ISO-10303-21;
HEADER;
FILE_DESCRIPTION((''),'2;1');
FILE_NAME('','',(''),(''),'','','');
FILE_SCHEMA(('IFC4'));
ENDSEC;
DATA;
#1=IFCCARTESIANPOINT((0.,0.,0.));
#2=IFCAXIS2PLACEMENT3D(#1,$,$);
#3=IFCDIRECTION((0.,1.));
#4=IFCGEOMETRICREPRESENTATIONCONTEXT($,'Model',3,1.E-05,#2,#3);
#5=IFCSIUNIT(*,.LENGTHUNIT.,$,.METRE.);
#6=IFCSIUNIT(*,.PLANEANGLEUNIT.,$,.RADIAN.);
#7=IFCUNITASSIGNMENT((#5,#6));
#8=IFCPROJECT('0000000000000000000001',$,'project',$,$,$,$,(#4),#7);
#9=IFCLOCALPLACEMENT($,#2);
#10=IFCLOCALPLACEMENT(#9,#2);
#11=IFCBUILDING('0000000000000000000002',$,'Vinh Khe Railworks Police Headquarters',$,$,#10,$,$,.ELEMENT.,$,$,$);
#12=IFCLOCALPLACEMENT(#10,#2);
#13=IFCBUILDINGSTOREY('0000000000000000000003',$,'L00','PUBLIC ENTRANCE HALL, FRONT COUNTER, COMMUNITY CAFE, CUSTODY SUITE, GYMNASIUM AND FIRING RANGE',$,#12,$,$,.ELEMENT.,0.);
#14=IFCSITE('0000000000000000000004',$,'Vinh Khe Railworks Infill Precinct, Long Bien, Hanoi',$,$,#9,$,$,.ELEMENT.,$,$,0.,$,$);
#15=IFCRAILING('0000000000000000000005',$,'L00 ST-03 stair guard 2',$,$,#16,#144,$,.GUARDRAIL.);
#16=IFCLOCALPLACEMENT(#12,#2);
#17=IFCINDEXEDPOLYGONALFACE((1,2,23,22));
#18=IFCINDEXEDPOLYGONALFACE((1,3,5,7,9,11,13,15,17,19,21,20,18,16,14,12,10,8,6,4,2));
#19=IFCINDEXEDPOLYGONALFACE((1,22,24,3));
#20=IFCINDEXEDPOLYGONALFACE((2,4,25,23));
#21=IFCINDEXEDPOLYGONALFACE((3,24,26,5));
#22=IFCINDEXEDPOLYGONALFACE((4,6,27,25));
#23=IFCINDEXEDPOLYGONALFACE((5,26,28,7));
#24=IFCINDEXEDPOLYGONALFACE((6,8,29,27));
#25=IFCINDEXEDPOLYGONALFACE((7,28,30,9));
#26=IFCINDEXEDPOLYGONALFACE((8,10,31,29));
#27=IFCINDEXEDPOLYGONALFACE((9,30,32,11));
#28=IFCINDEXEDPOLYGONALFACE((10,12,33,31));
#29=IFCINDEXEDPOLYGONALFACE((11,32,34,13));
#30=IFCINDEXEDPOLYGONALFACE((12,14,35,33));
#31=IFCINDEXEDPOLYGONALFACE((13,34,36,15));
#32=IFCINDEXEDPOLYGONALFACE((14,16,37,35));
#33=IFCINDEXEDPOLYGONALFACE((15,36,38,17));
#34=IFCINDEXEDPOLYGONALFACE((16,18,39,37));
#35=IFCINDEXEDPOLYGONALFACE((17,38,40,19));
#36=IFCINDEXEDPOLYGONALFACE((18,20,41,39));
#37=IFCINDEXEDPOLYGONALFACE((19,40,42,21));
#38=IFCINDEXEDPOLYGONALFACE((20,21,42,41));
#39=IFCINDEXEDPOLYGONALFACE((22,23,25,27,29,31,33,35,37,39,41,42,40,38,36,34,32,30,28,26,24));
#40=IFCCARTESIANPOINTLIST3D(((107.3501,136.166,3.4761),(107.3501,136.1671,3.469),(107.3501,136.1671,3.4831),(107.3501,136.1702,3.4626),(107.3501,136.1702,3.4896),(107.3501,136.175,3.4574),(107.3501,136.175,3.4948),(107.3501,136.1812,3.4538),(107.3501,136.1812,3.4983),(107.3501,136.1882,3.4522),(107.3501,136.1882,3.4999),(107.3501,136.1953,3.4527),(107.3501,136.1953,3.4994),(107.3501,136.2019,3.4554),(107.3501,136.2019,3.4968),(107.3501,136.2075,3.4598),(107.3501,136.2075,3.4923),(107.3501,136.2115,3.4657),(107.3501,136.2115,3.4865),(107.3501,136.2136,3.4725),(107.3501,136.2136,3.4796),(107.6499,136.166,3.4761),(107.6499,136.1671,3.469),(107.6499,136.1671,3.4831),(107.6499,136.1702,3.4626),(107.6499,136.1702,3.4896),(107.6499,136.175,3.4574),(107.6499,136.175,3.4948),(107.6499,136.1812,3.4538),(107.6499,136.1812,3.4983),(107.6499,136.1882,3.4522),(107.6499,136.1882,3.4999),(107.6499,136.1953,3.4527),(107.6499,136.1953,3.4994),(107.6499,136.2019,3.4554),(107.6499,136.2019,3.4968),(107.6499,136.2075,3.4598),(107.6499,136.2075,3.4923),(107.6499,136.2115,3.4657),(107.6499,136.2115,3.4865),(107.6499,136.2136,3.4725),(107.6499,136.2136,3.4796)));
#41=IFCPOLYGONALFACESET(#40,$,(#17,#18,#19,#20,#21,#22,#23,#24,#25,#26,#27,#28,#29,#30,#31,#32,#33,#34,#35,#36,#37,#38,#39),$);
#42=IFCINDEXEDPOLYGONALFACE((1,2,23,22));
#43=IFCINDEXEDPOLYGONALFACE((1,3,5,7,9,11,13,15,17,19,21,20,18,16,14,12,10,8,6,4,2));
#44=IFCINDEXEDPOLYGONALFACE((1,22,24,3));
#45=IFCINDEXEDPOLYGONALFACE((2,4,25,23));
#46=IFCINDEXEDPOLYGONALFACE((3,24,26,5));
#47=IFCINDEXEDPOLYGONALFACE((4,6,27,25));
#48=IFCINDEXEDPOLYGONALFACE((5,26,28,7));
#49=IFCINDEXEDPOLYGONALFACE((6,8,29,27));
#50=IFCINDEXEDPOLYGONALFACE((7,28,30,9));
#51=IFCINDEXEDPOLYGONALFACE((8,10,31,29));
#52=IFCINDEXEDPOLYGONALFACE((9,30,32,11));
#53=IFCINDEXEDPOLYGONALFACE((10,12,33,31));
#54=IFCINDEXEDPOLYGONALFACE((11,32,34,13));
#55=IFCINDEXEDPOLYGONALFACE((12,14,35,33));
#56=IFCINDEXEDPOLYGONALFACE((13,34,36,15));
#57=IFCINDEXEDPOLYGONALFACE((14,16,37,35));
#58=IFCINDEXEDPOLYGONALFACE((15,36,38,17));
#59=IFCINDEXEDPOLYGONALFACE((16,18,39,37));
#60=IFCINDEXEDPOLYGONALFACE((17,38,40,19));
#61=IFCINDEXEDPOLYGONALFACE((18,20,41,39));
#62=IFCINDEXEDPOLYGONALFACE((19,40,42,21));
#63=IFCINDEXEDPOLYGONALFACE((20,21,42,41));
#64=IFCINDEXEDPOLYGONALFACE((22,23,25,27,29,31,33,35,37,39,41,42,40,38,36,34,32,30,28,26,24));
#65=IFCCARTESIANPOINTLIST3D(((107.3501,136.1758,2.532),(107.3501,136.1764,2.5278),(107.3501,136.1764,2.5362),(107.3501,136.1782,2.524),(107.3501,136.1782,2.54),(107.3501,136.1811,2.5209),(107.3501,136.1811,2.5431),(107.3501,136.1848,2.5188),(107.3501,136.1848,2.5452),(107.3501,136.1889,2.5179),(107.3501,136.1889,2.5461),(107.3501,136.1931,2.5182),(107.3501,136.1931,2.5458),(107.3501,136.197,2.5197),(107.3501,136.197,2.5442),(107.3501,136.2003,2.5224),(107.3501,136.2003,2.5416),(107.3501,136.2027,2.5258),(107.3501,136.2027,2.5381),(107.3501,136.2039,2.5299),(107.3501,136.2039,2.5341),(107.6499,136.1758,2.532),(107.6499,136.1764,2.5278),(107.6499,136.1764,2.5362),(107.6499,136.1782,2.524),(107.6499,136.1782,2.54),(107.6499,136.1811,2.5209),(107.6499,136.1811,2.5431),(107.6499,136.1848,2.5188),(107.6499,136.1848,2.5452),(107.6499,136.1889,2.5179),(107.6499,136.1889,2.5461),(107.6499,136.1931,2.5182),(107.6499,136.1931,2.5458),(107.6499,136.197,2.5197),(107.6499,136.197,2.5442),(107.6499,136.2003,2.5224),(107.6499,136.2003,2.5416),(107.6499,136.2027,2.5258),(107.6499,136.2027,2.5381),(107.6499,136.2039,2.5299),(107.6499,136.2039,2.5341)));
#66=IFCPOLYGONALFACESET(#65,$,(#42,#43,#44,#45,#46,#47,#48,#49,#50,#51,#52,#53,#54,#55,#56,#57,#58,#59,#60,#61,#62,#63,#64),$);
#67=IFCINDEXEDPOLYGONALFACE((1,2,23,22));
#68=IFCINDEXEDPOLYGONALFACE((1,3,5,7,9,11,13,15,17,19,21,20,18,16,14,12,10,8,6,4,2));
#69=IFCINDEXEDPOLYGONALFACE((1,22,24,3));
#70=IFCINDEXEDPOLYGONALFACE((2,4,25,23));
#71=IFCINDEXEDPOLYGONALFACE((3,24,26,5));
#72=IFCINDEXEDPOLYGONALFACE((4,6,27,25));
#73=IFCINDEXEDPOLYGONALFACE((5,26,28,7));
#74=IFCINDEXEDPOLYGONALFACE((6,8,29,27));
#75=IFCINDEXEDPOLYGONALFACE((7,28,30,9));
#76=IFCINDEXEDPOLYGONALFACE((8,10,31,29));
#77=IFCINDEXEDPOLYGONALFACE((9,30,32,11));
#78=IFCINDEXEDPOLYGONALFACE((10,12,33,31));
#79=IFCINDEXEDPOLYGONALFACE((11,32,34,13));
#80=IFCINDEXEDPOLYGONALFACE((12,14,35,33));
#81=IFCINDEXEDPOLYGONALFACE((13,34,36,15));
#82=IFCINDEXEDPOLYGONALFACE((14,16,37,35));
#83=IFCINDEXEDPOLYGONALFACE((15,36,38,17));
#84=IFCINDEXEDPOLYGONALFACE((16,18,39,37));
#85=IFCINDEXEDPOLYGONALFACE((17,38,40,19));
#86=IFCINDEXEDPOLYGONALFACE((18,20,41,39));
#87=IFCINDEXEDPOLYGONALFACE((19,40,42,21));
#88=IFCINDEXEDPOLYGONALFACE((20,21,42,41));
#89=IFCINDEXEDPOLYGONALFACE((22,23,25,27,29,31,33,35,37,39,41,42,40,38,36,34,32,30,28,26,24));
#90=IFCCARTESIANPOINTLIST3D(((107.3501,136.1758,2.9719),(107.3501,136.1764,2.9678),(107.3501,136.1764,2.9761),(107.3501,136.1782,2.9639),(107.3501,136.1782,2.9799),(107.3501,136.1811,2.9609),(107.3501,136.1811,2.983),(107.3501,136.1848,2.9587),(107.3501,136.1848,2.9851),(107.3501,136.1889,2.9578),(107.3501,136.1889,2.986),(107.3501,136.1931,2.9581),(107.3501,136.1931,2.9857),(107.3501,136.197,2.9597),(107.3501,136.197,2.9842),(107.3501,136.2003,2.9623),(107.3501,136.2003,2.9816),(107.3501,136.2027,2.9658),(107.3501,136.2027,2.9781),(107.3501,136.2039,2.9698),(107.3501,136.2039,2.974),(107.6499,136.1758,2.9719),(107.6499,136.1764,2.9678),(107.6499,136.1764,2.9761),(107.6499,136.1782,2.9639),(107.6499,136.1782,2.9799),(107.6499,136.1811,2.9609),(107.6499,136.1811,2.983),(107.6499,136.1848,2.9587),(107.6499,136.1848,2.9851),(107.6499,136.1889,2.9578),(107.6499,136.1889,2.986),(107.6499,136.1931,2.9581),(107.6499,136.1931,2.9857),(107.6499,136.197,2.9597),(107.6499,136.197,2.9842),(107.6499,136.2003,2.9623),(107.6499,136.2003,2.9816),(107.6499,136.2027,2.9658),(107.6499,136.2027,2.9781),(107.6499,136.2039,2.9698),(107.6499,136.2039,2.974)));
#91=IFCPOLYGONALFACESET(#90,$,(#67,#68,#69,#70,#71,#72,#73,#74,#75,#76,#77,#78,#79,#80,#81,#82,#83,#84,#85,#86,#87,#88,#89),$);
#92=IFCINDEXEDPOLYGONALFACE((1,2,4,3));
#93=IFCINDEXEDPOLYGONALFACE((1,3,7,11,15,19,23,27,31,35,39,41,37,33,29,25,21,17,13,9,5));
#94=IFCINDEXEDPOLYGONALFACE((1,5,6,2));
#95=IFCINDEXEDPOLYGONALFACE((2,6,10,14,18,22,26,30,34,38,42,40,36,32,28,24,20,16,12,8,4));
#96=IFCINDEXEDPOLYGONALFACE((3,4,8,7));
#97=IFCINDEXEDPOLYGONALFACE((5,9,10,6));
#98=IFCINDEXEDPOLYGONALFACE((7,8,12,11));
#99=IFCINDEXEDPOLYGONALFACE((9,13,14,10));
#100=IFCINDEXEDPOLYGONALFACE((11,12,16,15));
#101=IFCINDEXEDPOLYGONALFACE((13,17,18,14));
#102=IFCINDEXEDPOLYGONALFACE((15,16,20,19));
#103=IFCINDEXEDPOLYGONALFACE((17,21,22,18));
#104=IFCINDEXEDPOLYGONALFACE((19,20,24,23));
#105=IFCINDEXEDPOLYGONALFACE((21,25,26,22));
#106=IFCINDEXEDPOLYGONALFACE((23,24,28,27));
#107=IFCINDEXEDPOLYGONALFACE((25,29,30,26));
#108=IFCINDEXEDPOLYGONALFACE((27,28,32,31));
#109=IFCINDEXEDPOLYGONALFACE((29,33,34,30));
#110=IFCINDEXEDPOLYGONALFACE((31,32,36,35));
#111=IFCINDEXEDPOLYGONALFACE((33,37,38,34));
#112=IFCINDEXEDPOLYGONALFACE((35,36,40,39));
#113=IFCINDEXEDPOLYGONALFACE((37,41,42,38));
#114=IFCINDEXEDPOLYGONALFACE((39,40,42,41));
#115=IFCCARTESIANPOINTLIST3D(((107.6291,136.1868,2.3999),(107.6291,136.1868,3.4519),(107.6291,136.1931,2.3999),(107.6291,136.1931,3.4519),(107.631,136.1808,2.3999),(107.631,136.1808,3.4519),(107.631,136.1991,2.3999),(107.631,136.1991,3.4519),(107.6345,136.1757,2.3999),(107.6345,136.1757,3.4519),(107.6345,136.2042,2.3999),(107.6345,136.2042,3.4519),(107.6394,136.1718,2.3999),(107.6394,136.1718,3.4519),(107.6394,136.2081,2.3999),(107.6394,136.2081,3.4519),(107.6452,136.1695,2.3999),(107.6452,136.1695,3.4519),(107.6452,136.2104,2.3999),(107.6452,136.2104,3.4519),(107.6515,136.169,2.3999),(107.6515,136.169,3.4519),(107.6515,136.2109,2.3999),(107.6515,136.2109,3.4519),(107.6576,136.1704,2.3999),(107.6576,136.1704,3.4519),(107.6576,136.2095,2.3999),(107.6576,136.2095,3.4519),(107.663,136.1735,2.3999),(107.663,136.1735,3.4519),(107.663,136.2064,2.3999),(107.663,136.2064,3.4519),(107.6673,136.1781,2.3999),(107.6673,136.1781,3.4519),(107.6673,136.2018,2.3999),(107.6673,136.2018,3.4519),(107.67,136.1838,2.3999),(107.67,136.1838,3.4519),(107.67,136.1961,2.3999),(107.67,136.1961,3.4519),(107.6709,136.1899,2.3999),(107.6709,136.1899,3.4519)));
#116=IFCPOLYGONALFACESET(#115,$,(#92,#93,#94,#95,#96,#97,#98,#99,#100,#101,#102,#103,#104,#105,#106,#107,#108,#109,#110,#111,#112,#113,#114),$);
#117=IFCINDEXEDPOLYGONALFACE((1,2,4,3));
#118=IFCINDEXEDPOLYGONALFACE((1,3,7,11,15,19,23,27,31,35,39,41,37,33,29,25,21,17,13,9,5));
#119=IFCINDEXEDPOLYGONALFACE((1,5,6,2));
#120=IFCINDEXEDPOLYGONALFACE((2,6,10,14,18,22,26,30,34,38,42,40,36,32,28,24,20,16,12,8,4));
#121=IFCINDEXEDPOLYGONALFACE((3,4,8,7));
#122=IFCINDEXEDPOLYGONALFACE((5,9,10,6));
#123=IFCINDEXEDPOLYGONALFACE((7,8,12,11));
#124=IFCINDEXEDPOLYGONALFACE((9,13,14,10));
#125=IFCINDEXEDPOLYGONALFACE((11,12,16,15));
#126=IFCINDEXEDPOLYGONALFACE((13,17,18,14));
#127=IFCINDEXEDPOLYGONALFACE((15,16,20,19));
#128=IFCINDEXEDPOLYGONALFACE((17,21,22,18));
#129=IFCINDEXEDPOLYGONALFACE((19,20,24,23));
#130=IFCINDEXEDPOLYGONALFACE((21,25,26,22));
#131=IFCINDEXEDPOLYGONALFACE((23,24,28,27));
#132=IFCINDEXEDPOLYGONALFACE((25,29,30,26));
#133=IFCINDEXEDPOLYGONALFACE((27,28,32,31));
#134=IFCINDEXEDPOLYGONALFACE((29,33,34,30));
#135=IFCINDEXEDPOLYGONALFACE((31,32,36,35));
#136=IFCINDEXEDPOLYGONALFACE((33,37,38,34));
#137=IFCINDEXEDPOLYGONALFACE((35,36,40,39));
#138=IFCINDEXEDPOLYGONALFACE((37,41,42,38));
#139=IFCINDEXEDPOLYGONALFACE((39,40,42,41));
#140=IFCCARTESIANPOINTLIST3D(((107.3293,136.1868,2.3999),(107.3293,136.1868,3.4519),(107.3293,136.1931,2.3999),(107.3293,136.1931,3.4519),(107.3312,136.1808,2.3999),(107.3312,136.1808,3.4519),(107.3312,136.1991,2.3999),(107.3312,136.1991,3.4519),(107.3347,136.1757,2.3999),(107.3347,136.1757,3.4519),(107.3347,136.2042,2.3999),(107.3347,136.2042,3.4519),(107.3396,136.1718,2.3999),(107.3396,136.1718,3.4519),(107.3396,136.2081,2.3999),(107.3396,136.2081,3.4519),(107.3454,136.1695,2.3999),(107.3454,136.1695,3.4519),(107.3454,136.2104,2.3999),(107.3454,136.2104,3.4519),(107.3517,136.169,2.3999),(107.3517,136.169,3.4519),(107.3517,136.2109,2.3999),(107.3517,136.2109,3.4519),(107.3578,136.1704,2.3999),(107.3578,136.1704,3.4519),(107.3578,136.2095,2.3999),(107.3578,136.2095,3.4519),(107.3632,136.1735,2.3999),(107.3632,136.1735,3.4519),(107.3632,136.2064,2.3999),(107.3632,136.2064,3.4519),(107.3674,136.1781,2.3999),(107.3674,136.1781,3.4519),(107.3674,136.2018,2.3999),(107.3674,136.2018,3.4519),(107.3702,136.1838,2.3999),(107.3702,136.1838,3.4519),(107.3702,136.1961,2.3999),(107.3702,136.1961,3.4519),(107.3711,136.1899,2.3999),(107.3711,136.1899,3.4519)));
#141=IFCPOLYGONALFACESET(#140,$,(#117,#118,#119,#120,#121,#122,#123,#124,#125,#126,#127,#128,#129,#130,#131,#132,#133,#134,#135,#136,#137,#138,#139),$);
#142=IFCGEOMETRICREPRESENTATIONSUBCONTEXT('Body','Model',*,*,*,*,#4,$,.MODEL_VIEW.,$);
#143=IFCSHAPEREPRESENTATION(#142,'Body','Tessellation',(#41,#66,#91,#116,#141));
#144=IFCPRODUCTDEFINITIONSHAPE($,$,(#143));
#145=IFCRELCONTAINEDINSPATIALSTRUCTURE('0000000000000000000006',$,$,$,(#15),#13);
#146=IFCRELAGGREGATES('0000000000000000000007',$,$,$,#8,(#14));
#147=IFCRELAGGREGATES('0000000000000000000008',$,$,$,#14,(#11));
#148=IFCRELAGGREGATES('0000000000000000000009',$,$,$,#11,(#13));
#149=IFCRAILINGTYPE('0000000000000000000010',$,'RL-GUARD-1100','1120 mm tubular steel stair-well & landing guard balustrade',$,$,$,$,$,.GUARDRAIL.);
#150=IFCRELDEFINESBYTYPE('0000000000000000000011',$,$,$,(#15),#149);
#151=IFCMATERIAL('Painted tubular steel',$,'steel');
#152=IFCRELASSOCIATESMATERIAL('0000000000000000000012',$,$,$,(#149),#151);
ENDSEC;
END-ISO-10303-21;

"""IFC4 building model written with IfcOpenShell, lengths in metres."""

from ifc_helpers import new_model, si_unit, direction, frame, origin, origin_2d, place, context, subcontext, project, spatial, circle, extrude, material, type_object, element, save


model = new_model("IFC4")

# Units and contexts
model_context = context("Model", 3, precision=1e-05, world=origin(), true_north=direction((0.0, 1.0)))
body_context = subcontext(model_context, "Body", "Model", "MODEL_VIEW")
ifc_project = project(units=[si_unit("LENGTHUNIT", "METRE"), si_unit("PLANEANGLEUNIT", "RADIAN")], contexts=[model_context])

# Site, building, storey
site_placement = place(None, origin())
site = spatial("IfcSite", under=ifc_project, at=site_placement, Name="Vinh Khe Railworks Infill Precinct, Long Bien, Hanoi", CompositionType="ELEMENT", RefElevation=0.0)
building_placement = place(site_placement, origin())
building = spatial("IfcBuilding", under=site, at=building_placement, Name="Vinh Khe Railworks Police Headquarters", CompositionType="ELEMENT")
storey_placement = place(building_placement, origin())
storey = spatial("IfcBuildingStorey", under=building, at=storey_placement, Name="L00", Description="PUBLIC ENTRANCE HALL, FRONT COUNTER, COMMUNITY CAFE, CUSTODY SUITE, GYMNASIUM AND FIRING RANGE", CompositionType="ELEMENT", Elevation=0.0)

# Railing
ifc_material_1 = material(Name="Painted tubular steel", Category="steel")
railing_type_1 = type_object("IfcRailingType", Name="RL-GUARD-1100", Description="1120 mm tubular steel stair-well & landing guard balustrade", PredefinedType="GUARDRAIL", material=ifc_material_1)
railing_1_placement = place(storey_placement, frame((107.6499, 136.1899, 2.3999)))
element("IfcRailing", 1, at=railing_1_placement, inside=storey, type_object=railing_type_1, Name="L00 ST-03 stair guard 2", PredefinedType="GUARDRAIL", context=body_context, shape_type="SweptSolid", body=[
    extrude(circle(Radius=0.0239, at=origin_2d()), frame((0.0, 0.0, 1.0762), z_axis=(-1.0, 0.0, 0.0), x_axis=(0.0, -1.0, 0.0)), (0.0, 0.0, 1.0), 0.2998),
    extrude(circle(Radius=0.0142, at=origin_2d()), frame((0.0, 0.0, 0.1321), z_axis=(-1.0, 0.0, 0.0), x_axis=(0.0, -1.0, 0.0)), (0.0, 0.0, 1.0), 0.2998),
    extrude(circle(Radius=0.0142, at=origin_2d()), frame((0.0, 0.0, 0.572), z_axis=(-1.0, 0.0, 0.0), x_axis=(0.0, -1.0, 0.0)), (0.0, 0.0, 1.0), 0.2998),
    extrude(circle(Radius=0.021, at=origin_2d()), origin(), (0.0, 0.0, 1.0), 1.052),
    extrude(circle(Radius=0.021, at=origin_2d()), frame((-0.2998, 0.0, 0.0)), (0.0, 0.0, 1.0), 1.052),
])

save(model, "model.ifc")
